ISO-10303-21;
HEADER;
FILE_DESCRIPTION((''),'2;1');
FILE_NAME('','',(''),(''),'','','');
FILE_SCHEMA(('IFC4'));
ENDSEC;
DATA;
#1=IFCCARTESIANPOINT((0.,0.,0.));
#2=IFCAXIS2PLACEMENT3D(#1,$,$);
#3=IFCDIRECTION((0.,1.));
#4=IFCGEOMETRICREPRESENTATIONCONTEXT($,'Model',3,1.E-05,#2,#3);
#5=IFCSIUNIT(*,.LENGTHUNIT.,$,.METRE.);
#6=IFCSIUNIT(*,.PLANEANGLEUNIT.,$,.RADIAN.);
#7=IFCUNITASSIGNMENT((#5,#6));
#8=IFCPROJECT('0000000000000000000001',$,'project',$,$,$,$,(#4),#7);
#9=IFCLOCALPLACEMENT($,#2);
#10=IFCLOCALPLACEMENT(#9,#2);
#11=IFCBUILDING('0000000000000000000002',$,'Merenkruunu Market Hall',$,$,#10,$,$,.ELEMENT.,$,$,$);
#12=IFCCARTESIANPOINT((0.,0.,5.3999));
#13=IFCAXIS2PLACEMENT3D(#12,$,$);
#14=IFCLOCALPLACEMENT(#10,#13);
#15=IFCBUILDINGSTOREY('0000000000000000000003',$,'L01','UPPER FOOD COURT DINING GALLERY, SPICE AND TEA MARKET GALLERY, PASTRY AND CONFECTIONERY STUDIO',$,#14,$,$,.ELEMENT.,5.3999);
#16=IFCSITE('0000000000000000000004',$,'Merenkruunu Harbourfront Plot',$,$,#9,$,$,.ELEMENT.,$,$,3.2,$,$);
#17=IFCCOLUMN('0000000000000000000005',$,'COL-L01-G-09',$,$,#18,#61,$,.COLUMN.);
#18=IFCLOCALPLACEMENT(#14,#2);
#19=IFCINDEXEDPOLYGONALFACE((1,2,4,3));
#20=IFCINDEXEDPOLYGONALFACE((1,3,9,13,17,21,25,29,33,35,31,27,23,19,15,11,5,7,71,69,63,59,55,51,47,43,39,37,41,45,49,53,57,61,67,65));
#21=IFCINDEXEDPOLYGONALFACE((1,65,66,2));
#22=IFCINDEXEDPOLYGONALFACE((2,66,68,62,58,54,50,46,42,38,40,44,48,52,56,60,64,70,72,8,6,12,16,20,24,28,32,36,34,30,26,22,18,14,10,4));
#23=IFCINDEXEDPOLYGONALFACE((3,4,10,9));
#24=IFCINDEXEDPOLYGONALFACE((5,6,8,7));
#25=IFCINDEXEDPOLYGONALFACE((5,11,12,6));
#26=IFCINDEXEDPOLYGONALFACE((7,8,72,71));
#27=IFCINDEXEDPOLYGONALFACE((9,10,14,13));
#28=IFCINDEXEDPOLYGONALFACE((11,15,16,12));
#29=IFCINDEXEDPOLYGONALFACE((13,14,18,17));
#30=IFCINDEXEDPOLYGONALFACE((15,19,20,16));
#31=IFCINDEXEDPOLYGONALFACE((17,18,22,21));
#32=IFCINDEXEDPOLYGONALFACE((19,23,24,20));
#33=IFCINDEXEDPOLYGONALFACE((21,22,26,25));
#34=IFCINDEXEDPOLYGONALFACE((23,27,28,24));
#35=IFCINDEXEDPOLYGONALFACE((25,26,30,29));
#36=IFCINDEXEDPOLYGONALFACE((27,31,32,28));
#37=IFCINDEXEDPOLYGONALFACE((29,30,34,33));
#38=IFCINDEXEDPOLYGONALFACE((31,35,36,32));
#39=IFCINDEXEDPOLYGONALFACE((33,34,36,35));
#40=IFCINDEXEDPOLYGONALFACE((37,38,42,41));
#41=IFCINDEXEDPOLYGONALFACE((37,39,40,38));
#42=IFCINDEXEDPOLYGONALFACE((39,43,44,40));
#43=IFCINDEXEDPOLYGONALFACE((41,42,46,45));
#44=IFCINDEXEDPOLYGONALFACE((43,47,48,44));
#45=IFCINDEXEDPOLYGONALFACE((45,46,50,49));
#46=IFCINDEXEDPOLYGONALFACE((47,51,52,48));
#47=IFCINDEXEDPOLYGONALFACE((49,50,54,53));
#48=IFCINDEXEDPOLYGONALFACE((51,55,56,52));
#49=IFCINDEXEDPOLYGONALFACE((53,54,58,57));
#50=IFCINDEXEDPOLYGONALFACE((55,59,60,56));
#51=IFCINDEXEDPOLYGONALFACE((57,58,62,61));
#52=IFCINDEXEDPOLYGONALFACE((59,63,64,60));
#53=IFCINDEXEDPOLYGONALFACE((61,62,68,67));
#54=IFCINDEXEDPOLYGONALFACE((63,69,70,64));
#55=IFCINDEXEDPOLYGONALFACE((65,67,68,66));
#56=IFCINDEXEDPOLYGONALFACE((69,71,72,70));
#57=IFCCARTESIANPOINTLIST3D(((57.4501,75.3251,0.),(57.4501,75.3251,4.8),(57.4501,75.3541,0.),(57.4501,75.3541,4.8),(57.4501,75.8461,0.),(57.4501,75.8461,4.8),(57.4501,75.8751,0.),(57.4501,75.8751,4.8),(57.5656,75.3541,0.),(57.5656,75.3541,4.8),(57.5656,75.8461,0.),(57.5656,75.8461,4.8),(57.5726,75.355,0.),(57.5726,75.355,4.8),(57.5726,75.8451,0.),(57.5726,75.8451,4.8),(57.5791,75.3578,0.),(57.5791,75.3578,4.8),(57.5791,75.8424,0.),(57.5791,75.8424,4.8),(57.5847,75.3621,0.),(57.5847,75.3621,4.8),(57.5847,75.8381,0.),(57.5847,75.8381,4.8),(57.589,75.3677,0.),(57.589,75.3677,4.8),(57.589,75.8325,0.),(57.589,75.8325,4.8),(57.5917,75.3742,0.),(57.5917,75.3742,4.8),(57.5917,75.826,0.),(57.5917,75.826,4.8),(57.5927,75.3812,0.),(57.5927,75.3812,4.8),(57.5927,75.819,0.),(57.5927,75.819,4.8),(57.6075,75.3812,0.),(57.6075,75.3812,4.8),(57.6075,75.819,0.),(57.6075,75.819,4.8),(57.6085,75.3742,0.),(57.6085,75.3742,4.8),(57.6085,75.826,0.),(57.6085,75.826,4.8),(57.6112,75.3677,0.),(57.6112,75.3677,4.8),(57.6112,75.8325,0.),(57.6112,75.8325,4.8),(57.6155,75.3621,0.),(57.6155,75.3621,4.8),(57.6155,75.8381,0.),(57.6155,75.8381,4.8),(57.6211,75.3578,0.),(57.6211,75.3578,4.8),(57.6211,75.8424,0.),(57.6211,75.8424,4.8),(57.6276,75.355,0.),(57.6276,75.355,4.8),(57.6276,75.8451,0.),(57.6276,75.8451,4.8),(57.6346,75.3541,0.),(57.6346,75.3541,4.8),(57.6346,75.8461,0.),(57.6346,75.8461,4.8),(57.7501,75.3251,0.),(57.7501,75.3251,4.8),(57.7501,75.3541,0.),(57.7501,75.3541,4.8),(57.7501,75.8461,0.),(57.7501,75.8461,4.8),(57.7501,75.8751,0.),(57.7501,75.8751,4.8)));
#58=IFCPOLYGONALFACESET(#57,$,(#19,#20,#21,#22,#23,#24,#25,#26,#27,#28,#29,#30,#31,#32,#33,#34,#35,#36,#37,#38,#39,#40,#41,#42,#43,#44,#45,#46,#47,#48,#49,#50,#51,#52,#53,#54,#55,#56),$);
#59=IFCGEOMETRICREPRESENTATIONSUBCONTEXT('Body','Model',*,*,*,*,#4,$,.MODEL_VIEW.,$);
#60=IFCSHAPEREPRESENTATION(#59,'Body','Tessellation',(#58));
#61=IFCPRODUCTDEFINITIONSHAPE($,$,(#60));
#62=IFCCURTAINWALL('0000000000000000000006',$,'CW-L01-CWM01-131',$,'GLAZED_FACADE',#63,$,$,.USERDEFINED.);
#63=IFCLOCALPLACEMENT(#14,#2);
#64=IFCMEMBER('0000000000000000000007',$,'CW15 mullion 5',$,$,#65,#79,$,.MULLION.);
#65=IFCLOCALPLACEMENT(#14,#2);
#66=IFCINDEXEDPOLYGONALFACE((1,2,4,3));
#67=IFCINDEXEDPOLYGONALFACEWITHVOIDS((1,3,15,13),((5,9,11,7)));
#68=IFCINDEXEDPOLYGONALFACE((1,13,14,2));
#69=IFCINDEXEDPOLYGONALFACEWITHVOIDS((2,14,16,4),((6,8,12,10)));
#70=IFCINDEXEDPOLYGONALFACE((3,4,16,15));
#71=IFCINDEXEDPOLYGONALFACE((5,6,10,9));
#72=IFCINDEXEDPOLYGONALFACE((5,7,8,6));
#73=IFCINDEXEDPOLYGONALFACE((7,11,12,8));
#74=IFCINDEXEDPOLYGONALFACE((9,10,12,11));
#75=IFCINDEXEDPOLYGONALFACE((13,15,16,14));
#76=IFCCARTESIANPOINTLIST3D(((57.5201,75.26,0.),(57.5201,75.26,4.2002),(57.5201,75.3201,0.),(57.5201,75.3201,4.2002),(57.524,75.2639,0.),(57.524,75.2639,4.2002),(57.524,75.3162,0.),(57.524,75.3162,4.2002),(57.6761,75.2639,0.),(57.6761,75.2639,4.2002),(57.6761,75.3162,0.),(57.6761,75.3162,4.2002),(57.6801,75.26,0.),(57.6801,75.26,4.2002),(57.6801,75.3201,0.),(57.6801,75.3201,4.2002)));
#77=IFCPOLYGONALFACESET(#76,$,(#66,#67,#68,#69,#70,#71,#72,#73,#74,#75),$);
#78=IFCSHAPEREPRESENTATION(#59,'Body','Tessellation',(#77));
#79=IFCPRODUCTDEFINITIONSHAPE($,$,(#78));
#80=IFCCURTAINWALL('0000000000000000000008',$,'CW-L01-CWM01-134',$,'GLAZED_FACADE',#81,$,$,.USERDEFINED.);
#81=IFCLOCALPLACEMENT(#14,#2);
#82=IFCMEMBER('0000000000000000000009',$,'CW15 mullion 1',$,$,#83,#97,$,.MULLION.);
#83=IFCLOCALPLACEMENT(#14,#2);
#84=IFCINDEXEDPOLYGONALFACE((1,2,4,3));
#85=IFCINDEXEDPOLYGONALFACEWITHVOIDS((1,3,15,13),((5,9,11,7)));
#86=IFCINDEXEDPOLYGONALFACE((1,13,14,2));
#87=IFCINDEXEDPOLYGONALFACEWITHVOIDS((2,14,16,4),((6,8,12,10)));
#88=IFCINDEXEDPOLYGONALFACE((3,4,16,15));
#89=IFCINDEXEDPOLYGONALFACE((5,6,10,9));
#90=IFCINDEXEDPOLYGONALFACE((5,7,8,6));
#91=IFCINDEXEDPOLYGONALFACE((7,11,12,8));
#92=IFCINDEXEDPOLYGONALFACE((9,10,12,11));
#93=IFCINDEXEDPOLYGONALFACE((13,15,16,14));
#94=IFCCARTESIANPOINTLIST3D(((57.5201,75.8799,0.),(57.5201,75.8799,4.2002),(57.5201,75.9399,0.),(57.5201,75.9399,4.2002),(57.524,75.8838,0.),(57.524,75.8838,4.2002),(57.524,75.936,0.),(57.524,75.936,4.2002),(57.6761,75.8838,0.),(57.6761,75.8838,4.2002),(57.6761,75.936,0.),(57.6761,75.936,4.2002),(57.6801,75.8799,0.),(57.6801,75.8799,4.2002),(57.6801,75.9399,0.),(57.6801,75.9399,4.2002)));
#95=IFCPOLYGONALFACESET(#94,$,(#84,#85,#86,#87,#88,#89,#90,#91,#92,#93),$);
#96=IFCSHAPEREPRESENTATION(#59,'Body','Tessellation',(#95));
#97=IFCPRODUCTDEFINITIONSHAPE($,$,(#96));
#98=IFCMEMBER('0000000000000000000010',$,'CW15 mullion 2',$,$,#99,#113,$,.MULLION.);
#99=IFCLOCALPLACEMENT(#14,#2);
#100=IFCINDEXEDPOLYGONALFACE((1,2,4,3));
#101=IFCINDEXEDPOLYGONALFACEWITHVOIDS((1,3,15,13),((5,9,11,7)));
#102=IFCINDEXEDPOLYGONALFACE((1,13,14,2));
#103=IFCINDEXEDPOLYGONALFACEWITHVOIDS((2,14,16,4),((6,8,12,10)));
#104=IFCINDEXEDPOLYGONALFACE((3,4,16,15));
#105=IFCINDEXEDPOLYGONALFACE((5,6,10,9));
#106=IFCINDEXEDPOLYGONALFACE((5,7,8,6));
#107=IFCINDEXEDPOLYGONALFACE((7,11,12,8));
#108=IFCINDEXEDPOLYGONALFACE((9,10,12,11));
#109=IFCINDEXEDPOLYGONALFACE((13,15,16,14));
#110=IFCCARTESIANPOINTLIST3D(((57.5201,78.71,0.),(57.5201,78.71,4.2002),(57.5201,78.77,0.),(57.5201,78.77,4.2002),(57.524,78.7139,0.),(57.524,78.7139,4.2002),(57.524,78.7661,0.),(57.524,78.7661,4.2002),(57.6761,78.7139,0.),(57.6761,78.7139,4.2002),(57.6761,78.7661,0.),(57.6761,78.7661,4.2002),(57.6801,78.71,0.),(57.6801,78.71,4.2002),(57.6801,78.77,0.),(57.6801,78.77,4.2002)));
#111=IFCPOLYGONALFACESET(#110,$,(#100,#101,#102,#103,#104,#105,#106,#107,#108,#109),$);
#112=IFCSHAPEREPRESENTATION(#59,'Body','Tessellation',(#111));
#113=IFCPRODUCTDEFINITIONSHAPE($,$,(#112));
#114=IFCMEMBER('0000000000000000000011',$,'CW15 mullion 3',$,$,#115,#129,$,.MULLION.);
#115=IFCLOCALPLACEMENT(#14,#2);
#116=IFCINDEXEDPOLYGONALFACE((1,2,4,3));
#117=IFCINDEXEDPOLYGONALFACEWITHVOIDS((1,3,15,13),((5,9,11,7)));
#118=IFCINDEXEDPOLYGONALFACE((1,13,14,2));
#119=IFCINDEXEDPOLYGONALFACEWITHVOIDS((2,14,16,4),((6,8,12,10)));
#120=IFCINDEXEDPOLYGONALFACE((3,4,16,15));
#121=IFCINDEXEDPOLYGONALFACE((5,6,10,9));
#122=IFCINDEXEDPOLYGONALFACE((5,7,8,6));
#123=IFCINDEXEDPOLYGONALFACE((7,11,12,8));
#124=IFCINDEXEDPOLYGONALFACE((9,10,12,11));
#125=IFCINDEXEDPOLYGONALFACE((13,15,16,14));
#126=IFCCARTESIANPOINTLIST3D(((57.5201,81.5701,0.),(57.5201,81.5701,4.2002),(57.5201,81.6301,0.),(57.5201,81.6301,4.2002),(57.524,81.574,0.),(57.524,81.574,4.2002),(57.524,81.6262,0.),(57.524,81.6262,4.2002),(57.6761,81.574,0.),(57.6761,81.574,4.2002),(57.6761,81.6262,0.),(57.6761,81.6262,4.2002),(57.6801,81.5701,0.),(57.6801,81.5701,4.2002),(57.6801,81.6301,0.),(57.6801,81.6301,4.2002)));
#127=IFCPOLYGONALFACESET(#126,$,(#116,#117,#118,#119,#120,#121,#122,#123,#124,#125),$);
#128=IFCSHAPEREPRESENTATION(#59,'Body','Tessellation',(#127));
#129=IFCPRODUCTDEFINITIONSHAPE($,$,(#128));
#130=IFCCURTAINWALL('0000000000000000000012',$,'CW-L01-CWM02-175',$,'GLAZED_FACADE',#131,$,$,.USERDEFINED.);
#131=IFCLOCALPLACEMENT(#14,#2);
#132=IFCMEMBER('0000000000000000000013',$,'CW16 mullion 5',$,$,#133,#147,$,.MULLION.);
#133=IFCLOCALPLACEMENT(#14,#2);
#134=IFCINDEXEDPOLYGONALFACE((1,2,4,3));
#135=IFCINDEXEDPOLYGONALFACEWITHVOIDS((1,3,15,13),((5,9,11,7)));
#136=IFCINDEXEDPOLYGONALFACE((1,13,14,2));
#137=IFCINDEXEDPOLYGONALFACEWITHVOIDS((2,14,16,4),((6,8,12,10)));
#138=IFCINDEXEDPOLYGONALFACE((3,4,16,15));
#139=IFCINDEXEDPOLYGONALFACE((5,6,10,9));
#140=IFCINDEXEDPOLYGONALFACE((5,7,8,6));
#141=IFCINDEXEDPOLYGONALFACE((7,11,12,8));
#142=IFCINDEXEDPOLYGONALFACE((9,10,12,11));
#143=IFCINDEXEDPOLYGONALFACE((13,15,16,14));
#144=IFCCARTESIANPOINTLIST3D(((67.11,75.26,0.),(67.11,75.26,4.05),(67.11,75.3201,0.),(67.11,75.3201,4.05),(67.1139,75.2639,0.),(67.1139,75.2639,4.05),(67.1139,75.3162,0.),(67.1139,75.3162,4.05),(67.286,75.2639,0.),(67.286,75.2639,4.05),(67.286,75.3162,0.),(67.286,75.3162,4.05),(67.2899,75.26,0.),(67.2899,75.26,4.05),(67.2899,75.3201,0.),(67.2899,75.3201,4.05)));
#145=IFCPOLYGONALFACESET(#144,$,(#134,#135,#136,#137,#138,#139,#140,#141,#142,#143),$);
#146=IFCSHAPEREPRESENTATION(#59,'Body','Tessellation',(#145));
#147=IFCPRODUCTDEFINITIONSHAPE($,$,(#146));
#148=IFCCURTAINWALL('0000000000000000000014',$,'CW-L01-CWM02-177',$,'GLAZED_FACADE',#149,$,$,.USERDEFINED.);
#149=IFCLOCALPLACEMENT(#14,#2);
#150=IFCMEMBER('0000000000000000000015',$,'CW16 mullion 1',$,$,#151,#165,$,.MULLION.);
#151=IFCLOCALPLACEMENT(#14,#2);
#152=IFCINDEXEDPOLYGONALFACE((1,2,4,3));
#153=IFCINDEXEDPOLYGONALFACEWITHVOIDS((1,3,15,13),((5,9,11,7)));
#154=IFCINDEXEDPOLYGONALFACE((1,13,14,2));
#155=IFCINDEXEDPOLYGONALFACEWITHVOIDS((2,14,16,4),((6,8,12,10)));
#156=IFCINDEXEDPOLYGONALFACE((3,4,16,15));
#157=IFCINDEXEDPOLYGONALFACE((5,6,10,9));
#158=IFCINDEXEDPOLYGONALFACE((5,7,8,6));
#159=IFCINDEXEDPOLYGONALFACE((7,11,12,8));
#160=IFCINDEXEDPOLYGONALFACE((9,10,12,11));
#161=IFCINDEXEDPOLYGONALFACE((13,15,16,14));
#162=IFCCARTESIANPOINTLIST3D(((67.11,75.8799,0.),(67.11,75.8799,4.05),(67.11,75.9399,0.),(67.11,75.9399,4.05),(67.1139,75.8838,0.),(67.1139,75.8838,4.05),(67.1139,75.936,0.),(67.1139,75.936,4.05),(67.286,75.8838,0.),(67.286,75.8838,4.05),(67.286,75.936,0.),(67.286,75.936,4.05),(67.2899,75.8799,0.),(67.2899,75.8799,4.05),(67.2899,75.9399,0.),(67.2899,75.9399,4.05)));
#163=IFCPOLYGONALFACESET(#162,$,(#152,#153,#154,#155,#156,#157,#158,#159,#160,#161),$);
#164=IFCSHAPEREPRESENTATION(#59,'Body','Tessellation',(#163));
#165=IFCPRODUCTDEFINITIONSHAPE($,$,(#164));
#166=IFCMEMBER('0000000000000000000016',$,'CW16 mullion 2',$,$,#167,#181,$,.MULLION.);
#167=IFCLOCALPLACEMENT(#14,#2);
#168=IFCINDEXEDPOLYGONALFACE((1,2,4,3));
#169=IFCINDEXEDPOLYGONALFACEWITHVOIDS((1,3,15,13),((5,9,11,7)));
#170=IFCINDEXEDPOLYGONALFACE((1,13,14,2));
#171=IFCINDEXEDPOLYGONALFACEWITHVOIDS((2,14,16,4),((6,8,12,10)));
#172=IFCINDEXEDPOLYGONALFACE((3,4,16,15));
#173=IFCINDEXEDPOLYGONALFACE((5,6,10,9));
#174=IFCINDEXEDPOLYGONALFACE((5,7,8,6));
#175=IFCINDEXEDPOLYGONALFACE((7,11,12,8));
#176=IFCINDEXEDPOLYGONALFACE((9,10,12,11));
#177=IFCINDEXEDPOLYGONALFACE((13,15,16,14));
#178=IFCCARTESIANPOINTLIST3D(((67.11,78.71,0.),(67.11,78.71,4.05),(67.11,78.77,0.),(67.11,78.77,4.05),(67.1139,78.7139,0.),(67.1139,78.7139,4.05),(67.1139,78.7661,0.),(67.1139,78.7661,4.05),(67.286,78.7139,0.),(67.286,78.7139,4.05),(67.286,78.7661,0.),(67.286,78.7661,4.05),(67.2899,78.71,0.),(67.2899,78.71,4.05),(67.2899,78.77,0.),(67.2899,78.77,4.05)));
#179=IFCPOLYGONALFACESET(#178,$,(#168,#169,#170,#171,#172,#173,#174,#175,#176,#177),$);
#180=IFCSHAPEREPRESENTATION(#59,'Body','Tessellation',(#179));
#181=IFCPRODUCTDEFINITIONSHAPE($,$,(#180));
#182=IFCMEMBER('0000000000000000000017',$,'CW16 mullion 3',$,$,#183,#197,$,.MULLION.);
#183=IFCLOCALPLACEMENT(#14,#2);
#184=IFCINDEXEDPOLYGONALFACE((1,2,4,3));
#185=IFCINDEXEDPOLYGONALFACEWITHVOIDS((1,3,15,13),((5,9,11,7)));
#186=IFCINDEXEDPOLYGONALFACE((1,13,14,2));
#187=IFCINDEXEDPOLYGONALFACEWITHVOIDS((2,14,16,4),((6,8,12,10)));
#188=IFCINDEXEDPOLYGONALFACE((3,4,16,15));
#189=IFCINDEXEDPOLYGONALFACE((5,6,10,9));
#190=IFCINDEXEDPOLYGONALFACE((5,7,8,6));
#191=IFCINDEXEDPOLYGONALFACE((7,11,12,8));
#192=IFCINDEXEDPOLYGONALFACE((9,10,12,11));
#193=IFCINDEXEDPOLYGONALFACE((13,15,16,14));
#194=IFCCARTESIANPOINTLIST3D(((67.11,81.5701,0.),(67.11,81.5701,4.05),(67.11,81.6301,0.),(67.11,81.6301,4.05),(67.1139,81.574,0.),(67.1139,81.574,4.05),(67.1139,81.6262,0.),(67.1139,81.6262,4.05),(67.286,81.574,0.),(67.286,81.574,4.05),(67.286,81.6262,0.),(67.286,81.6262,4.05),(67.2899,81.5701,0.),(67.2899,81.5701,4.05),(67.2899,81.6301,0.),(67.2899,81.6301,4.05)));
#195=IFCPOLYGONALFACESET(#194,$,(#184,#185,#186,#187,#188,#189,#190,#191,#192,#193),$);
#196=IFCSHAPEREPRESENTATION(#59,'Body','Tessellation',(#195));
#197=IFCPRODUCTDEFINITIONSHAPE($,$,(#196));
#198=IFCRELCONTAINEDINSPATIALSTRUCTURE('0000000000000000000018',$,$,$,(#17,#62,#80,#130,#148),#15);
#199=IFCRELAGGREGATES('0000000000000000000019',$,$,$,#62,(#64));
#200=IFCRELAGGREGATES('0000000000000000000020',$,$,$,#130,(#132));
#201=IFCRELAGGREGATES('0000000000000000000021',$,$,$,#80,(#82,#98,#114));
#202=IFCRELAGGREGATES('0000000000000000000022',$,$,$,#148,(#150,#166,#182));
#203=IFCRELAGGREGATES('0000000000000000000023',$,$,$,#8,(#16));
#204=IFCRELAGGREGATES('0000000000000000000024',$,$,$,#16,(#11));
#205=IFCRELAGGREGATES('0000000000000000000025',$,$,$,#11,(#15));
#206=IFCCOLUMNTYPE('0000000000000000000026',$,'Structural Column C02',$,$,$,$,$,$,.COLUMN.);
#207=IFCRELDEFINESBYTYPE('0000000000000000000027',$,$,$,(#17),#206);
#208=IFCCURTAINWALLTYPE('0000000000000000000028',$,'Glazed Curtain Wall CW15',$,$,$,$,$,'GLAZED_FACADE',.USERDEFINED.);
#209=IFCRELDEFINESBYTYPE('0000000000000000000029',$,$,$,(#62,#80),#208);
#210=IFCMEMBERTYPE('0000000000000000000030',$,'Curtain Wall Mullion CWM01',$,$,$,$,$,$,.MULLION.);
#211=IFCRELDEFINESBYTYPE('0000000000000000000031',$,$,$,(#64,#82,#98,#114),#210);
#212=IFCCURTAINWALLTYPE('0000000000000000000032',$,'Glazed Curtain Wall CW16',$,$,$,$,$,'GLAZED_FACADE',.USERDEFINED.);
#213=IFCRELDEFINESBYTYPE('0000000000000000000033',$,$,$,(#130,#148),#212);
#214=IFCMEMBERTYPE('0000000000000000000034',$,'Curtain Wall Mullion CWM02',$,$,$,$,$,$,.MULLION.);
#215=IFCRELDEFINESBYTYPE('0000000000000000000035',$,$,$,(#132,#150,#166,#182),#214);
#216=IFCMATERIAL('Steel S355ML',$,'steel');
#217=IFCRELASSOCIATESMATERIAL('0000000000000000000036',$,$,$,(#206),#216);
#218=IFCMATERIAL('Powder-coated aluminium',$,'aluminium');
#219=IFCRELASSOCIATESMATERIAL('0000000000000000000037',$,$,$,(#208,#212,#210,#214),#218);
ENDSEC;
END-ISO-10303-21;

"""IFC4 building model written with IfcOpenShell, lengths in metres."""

from ifc_helpers import new_model, si_unit, direction, frame, origin, origin_2d, place, context, subcontext, project, spatial, hollow_rectangle, i_section, extrude, material, material_profile, profile_set, type_object, element, aggregate, save


model = new_model("IFC4")

# Units and contexts
model_context = context("Model", 3, precision=1e-05, world=origin(), true_north=direction((0.0, 1.0)))
body_context = subcontext(model_context, "Body", "Model", "MODEL_VIEW")
ifc_project = project(units=[si_unit("LENGTHUNIT", "METRE"), si_unit("PLANEANGLEUNIT", "RADIAN")], contexts=[model_context])

# Site, building, storey
site_placement = place(None, origin())
site = spatial("IfcSite", under=ifc_project, at=site_placement, Name="Merenkruunu Harbourfront Plot", CompositionType="ELEMENT", RefElevation=3.2)
building_placement = place(site_placement, origin())
building = spatial("IfcBuilding", under=site, at=building_placement, Name="Merenkruunu Market Hall", CompositionType="ELEMENT")
storey_placement = place(building_placement, frame((0.0, 0.0, 5.3999)))
storey = spatial("IfcBuildingStorey", under=building, at=storey_placement, Name="L01", Description="UPPER FOOD COURT DINING GALLERY, SPICE AND TEA MARKET GALLERY, PASTRY AND CONFECTIONERY STUDIO", CompositionType="ELEMENT", Elevation=5.3999)

# Column
ifc_material_1 = material(Name="Steel S355ML", Category="steel")
ifc_material_profile_1 = material_profile(ifc_material_1, i_section(OverallWidth=0.3, OverallDepth=0.55, WebThickness=0.0149, FlangeThickness=0.0291, FilletRadius=0.0271, at=origin_2d()), Name="HEB 550")
ifc_profile_set_1 = profile_set([ifc_material_profile_1], Name="Steel S355ML")
column_type = type_object("IfcColumnType", Name="Structural Column C02", PredefinedType="COLUMN", material=ifc_profile_set_1)
column_placement = place(storey_placement, frame((57.6001, 75.6001, 0.0), z_axis=(0.0, 0.0, 1.0), x_axis=(1.0, 0.0, 0.0)))
element("IfcColumn", 1, at=column_placement, inside=storey, type_object=column_type, Name="COL-L01-G-09", PredefinedType="COLUMN", context=body_context, shape_type="SweptSolid", body=[
    extrude(i_section(OverallWidth=0.3, OverallDepth=0.55, WebThickness=0.0149, FlangeThickness=0.0291, FilletRadius=0.0271, at=origin_2d()), origin(), (0.0, 0.0, 1.0), 4.8),
])

# Curtain wall, member
ifc_material_2 = material(Name="Powder-coated aluminium", Category="aluminium")
curtain_wall_type_1 = type_object("IfcCurtainWallType", Name="Glazed Curtain Wall CW15", ElementType="GLAZED_FACADE", PredefinedType="USERDEFINED", material=ifc_material_2)
curtain_wall_1_placement = place(storey_placement, origin())
curtain_wall_1 = element("IfcCurtainWall", 2, at=curtain_wall_1_placement, inside=storey, type_object=curtain_wall_type_1, Name="CW-L01-CWM01-131", ObjectType="GLAZED_FACADE", PredefinedType="USERDEFINED")
ifc_material_profile_2 = material_profile(ifc_material_2, hollow_rectangle(XDim=0.0601, YDim=0.1599, WallThickness=0.0039, at=origin_2d()), Name="ALU 60x160x4")
ifc_profile_set_2 = profile_set([ifc_material_profile_2], Name="Powder-coated aluminium")
member_type_1 = type_object("IfcMemberType", Name="Curtain Wall Mullion CWM01", PredefinedType="MULLION", material=ifc_profile_set_2)
member_1_placement = place(storey_placement, frame((57.6001, 75.29, 0.0), z_axis=(0.0, 0.0, 1.0), x_axis=(0.0, 1.0, 0.0)))
member_1 = element("IfcMember", 3, at=member_1_placement, type_object=member_type_1, Name="CW15 mullion 5", PredefinedType="MULLION", context=body_context, shape_type="SweptSolid", body=[
    extrude(hollow_rectangle(XDim=0.0601, YDim=0.1599, WallThickness=0.0039, at=origin_2d()), origin(), (0.0, 0.0, 1.0), 4.2002),
])
aggregate(curtain_wall_1, [member_1])

# Curtain wall, members
curtain_wall_2_placement = place(storey_placement, origin())
curtain_wall_2 = element("IfcCurtainWall", 4, at=curtain_wall_2_placement, inside=storey, type_object=curtain_wall_type_1, Name="CW-L01-CWM01-134", ObjectType="GLAZED_FACADE", PredefinedType="USERDEFINED")
member_2_placement = place(storey_placement, frame((57.6001, 75.9099, 0.0), z_axis=(0.0, 0.0, 1.0), x_axis=(0.0, 1.0, 0.0)))
member_2 = element("IfcMember", 5, at=member_2_placement, type_object=member_type_1, Name="CW15 mullion 1", PredefinedType="MULLION", context=body_context, shape_type="SweptSolid", body=[
    extrude(hollow_rectangle(XDim=0.0601, YDim=0.1599, WallThickness=0.0039, at=origin_2d()), origin(), (0.0, 0.0, 1.0), 4.2002),
])
member_3_placement = place(storey_placement, frame((57.6001, 78.74, 0.0), z_axis=(0.0, 0.0, 1.0), x_axis=(0.0, 1.0, 0.0)))
member_3 = element("IfcMember", 6, at=member_3_placement, type_object=member_type_1, Name="CW15 mullion 2", PredefinedType="MULLION", context=body_context, shape_type="SweptSolid", body=[
    extrude(hollow_rectangle(XDim=0.0601, YDim=0.1599, WallThickness=0.0039, at=origin_2d()), origin(), (0.0, 0.0, 1.0), 4.2002),
])
member_4_placement = place(storey_placement, frame((57.6001, 81.6001, 0.0), z_axis=(0.0, 0.0, 1.0), x_axis=(0.0, 1.0, 0.0)))
member_4 = element("IfcMember", 7, at=member_4_placement, type_object=member_type_1, Name="CW15 mullion 3", PredefinedType="MULLION", context=body_context, shape_type="SweptSolid", body=[
    extrude(hollow_rectangle(XDim=0.0601, YDim=0.1599, WallThickness=0.0039, at=origin_2d()), origin(), (0.0, 0.0, 1.0), 4.2002),
])

# Curtain wall, member
curtain_wall_type_2 = type_object("IfcCurtainWallType", Name="Glazed Curtain Wall CW16", ElementType="GLAZED_FACADE", PredefinedType="USERDEFINED", material=ifc_material_2)
curtain_wall_3_placement = place(storey_placement, origin())
curtain_wall_3 = element("IfcCurtainWall", 8, at=curtain_wall_3_placement, inside=storey, type_object=curtain_wall_type_2, Name="CW-L01-CWM02-175", ObjectType="GLAZED_FACADE", PredefinedType="USERDEFINED")
ifc_material_profile_3 = material_profile(ifc_material_2, hollow_rectangle(XDim=0.0601, YDim=0.1799, WallThickness=0.0039, at=origin_2d()), Name="ALU 60x180x4")
ifc_profile_set_3 = profile_set([ifc_material_profile_3], Name="Powder-coated aluminium")
member_type_2 = type_object("IfcMemberType", Name="Curtain Wall Mullion CWM02", PredefinedType="MULLION", material=ifc_profile_set_3)
member_5_placement = place(storey_placement, frame((67.2, 75.29, 0.0), z_axis=(0.0, 0.0, 1.0), x_axis=(0.0, 1.0, 0.0)))
member_5 = element("IfcMember", 9, at=member_5_placement, type_object=member_type_2, Name="CW16 mullion 5", PredefinedType="MULLION", context=body_context, shape_type="SweptSolid", body=[
    extrude(hollow_rectangle(XDim=0.0601, YDim=0.1799, WallThickness=0.0039, at=origin_2d()), origin(), (0.0, 0.0, 1.0), 4.05),
])
aggregate(curtain_wall_3, [member_5])

# Curtain wall, members
curtain_wall_4_placement = place(storey_placement, origin())
curtain_wall_4 = element("IfcCurtainWall", 10, at=curtain_wall_4_placement, inside=storey, type_object=curtain_wall_type_2, Name="CW-L01-CWM02-177", ObjectType="GLAZED_FACADE", PredefinedType="USERDEFINED")
member_6_placement = place(storey_placement, frame((67.2, 75.9099, 0.0), z_axis=(0.0, 0.0, 1.0), x_axis=(0.0, 1.0, 0.0)))
member_6 = element("IfcMember", 11, at=member_6_placement, type_object=member_type_2, Name="CW16 mullion 1", PredefinedType="MULLION", context=body_context, shape_type="SweptSolid", body=[
    extrude(hollow_rectangle(XDim=0.0601, YDim=0.1799, WallThickness=0.0039, at=origin_2d()), origin(), (0.0, 0.0, 1.0), 4.05),
])
member_7_placement = place(storey_placement, frame((67.2, 78.74, 0.0), z_axis=(0.0, 0.0, 1.0), x_axis=(0.0, 1.0, 0.0)))
member_7 = element("IfcMember", 12, at=member_7_placement, type_object=member_type_2, Name="CW16 mullion 2", PredefinedType="MULLION", context=body_context, shape_type="SweptSolid", body=[
    extrude(hollow_rectangle(XDim=0.0601, YDim=0.1799, WallThickness=0.0039, at=origin_2d()), origin(), (0.0, 0.0, 1.0), 4.05),
])
member_8_placement = place(storey_placement, frame((67.2, 81.6001, 0.0), z_axis=(0.0, 0.0, 1.0), x_axis=(0.0, 1.0, 0.0)))
member_8 = element("IfcMember", 13, at=member_8_placement, type_object=member_type_2, Name="CW16 mullion 3", PredefinedType="MULLION", context=body_context, shape_type="SweptSolid", body=[
    extrude(hollow_rectangle(XDim=0.0601, YDim=0.1799, WallThickness=0.0039, at=origin_2d()), origin(), (0.0, 0.0, 1.0), 4.05),
])

aggregate(curtain_wall_2, [member_2, member_3, member_4])
aggregate(curtain_wall_4, [member_6, member_7, member_8])

save(model, "model.ifc")
